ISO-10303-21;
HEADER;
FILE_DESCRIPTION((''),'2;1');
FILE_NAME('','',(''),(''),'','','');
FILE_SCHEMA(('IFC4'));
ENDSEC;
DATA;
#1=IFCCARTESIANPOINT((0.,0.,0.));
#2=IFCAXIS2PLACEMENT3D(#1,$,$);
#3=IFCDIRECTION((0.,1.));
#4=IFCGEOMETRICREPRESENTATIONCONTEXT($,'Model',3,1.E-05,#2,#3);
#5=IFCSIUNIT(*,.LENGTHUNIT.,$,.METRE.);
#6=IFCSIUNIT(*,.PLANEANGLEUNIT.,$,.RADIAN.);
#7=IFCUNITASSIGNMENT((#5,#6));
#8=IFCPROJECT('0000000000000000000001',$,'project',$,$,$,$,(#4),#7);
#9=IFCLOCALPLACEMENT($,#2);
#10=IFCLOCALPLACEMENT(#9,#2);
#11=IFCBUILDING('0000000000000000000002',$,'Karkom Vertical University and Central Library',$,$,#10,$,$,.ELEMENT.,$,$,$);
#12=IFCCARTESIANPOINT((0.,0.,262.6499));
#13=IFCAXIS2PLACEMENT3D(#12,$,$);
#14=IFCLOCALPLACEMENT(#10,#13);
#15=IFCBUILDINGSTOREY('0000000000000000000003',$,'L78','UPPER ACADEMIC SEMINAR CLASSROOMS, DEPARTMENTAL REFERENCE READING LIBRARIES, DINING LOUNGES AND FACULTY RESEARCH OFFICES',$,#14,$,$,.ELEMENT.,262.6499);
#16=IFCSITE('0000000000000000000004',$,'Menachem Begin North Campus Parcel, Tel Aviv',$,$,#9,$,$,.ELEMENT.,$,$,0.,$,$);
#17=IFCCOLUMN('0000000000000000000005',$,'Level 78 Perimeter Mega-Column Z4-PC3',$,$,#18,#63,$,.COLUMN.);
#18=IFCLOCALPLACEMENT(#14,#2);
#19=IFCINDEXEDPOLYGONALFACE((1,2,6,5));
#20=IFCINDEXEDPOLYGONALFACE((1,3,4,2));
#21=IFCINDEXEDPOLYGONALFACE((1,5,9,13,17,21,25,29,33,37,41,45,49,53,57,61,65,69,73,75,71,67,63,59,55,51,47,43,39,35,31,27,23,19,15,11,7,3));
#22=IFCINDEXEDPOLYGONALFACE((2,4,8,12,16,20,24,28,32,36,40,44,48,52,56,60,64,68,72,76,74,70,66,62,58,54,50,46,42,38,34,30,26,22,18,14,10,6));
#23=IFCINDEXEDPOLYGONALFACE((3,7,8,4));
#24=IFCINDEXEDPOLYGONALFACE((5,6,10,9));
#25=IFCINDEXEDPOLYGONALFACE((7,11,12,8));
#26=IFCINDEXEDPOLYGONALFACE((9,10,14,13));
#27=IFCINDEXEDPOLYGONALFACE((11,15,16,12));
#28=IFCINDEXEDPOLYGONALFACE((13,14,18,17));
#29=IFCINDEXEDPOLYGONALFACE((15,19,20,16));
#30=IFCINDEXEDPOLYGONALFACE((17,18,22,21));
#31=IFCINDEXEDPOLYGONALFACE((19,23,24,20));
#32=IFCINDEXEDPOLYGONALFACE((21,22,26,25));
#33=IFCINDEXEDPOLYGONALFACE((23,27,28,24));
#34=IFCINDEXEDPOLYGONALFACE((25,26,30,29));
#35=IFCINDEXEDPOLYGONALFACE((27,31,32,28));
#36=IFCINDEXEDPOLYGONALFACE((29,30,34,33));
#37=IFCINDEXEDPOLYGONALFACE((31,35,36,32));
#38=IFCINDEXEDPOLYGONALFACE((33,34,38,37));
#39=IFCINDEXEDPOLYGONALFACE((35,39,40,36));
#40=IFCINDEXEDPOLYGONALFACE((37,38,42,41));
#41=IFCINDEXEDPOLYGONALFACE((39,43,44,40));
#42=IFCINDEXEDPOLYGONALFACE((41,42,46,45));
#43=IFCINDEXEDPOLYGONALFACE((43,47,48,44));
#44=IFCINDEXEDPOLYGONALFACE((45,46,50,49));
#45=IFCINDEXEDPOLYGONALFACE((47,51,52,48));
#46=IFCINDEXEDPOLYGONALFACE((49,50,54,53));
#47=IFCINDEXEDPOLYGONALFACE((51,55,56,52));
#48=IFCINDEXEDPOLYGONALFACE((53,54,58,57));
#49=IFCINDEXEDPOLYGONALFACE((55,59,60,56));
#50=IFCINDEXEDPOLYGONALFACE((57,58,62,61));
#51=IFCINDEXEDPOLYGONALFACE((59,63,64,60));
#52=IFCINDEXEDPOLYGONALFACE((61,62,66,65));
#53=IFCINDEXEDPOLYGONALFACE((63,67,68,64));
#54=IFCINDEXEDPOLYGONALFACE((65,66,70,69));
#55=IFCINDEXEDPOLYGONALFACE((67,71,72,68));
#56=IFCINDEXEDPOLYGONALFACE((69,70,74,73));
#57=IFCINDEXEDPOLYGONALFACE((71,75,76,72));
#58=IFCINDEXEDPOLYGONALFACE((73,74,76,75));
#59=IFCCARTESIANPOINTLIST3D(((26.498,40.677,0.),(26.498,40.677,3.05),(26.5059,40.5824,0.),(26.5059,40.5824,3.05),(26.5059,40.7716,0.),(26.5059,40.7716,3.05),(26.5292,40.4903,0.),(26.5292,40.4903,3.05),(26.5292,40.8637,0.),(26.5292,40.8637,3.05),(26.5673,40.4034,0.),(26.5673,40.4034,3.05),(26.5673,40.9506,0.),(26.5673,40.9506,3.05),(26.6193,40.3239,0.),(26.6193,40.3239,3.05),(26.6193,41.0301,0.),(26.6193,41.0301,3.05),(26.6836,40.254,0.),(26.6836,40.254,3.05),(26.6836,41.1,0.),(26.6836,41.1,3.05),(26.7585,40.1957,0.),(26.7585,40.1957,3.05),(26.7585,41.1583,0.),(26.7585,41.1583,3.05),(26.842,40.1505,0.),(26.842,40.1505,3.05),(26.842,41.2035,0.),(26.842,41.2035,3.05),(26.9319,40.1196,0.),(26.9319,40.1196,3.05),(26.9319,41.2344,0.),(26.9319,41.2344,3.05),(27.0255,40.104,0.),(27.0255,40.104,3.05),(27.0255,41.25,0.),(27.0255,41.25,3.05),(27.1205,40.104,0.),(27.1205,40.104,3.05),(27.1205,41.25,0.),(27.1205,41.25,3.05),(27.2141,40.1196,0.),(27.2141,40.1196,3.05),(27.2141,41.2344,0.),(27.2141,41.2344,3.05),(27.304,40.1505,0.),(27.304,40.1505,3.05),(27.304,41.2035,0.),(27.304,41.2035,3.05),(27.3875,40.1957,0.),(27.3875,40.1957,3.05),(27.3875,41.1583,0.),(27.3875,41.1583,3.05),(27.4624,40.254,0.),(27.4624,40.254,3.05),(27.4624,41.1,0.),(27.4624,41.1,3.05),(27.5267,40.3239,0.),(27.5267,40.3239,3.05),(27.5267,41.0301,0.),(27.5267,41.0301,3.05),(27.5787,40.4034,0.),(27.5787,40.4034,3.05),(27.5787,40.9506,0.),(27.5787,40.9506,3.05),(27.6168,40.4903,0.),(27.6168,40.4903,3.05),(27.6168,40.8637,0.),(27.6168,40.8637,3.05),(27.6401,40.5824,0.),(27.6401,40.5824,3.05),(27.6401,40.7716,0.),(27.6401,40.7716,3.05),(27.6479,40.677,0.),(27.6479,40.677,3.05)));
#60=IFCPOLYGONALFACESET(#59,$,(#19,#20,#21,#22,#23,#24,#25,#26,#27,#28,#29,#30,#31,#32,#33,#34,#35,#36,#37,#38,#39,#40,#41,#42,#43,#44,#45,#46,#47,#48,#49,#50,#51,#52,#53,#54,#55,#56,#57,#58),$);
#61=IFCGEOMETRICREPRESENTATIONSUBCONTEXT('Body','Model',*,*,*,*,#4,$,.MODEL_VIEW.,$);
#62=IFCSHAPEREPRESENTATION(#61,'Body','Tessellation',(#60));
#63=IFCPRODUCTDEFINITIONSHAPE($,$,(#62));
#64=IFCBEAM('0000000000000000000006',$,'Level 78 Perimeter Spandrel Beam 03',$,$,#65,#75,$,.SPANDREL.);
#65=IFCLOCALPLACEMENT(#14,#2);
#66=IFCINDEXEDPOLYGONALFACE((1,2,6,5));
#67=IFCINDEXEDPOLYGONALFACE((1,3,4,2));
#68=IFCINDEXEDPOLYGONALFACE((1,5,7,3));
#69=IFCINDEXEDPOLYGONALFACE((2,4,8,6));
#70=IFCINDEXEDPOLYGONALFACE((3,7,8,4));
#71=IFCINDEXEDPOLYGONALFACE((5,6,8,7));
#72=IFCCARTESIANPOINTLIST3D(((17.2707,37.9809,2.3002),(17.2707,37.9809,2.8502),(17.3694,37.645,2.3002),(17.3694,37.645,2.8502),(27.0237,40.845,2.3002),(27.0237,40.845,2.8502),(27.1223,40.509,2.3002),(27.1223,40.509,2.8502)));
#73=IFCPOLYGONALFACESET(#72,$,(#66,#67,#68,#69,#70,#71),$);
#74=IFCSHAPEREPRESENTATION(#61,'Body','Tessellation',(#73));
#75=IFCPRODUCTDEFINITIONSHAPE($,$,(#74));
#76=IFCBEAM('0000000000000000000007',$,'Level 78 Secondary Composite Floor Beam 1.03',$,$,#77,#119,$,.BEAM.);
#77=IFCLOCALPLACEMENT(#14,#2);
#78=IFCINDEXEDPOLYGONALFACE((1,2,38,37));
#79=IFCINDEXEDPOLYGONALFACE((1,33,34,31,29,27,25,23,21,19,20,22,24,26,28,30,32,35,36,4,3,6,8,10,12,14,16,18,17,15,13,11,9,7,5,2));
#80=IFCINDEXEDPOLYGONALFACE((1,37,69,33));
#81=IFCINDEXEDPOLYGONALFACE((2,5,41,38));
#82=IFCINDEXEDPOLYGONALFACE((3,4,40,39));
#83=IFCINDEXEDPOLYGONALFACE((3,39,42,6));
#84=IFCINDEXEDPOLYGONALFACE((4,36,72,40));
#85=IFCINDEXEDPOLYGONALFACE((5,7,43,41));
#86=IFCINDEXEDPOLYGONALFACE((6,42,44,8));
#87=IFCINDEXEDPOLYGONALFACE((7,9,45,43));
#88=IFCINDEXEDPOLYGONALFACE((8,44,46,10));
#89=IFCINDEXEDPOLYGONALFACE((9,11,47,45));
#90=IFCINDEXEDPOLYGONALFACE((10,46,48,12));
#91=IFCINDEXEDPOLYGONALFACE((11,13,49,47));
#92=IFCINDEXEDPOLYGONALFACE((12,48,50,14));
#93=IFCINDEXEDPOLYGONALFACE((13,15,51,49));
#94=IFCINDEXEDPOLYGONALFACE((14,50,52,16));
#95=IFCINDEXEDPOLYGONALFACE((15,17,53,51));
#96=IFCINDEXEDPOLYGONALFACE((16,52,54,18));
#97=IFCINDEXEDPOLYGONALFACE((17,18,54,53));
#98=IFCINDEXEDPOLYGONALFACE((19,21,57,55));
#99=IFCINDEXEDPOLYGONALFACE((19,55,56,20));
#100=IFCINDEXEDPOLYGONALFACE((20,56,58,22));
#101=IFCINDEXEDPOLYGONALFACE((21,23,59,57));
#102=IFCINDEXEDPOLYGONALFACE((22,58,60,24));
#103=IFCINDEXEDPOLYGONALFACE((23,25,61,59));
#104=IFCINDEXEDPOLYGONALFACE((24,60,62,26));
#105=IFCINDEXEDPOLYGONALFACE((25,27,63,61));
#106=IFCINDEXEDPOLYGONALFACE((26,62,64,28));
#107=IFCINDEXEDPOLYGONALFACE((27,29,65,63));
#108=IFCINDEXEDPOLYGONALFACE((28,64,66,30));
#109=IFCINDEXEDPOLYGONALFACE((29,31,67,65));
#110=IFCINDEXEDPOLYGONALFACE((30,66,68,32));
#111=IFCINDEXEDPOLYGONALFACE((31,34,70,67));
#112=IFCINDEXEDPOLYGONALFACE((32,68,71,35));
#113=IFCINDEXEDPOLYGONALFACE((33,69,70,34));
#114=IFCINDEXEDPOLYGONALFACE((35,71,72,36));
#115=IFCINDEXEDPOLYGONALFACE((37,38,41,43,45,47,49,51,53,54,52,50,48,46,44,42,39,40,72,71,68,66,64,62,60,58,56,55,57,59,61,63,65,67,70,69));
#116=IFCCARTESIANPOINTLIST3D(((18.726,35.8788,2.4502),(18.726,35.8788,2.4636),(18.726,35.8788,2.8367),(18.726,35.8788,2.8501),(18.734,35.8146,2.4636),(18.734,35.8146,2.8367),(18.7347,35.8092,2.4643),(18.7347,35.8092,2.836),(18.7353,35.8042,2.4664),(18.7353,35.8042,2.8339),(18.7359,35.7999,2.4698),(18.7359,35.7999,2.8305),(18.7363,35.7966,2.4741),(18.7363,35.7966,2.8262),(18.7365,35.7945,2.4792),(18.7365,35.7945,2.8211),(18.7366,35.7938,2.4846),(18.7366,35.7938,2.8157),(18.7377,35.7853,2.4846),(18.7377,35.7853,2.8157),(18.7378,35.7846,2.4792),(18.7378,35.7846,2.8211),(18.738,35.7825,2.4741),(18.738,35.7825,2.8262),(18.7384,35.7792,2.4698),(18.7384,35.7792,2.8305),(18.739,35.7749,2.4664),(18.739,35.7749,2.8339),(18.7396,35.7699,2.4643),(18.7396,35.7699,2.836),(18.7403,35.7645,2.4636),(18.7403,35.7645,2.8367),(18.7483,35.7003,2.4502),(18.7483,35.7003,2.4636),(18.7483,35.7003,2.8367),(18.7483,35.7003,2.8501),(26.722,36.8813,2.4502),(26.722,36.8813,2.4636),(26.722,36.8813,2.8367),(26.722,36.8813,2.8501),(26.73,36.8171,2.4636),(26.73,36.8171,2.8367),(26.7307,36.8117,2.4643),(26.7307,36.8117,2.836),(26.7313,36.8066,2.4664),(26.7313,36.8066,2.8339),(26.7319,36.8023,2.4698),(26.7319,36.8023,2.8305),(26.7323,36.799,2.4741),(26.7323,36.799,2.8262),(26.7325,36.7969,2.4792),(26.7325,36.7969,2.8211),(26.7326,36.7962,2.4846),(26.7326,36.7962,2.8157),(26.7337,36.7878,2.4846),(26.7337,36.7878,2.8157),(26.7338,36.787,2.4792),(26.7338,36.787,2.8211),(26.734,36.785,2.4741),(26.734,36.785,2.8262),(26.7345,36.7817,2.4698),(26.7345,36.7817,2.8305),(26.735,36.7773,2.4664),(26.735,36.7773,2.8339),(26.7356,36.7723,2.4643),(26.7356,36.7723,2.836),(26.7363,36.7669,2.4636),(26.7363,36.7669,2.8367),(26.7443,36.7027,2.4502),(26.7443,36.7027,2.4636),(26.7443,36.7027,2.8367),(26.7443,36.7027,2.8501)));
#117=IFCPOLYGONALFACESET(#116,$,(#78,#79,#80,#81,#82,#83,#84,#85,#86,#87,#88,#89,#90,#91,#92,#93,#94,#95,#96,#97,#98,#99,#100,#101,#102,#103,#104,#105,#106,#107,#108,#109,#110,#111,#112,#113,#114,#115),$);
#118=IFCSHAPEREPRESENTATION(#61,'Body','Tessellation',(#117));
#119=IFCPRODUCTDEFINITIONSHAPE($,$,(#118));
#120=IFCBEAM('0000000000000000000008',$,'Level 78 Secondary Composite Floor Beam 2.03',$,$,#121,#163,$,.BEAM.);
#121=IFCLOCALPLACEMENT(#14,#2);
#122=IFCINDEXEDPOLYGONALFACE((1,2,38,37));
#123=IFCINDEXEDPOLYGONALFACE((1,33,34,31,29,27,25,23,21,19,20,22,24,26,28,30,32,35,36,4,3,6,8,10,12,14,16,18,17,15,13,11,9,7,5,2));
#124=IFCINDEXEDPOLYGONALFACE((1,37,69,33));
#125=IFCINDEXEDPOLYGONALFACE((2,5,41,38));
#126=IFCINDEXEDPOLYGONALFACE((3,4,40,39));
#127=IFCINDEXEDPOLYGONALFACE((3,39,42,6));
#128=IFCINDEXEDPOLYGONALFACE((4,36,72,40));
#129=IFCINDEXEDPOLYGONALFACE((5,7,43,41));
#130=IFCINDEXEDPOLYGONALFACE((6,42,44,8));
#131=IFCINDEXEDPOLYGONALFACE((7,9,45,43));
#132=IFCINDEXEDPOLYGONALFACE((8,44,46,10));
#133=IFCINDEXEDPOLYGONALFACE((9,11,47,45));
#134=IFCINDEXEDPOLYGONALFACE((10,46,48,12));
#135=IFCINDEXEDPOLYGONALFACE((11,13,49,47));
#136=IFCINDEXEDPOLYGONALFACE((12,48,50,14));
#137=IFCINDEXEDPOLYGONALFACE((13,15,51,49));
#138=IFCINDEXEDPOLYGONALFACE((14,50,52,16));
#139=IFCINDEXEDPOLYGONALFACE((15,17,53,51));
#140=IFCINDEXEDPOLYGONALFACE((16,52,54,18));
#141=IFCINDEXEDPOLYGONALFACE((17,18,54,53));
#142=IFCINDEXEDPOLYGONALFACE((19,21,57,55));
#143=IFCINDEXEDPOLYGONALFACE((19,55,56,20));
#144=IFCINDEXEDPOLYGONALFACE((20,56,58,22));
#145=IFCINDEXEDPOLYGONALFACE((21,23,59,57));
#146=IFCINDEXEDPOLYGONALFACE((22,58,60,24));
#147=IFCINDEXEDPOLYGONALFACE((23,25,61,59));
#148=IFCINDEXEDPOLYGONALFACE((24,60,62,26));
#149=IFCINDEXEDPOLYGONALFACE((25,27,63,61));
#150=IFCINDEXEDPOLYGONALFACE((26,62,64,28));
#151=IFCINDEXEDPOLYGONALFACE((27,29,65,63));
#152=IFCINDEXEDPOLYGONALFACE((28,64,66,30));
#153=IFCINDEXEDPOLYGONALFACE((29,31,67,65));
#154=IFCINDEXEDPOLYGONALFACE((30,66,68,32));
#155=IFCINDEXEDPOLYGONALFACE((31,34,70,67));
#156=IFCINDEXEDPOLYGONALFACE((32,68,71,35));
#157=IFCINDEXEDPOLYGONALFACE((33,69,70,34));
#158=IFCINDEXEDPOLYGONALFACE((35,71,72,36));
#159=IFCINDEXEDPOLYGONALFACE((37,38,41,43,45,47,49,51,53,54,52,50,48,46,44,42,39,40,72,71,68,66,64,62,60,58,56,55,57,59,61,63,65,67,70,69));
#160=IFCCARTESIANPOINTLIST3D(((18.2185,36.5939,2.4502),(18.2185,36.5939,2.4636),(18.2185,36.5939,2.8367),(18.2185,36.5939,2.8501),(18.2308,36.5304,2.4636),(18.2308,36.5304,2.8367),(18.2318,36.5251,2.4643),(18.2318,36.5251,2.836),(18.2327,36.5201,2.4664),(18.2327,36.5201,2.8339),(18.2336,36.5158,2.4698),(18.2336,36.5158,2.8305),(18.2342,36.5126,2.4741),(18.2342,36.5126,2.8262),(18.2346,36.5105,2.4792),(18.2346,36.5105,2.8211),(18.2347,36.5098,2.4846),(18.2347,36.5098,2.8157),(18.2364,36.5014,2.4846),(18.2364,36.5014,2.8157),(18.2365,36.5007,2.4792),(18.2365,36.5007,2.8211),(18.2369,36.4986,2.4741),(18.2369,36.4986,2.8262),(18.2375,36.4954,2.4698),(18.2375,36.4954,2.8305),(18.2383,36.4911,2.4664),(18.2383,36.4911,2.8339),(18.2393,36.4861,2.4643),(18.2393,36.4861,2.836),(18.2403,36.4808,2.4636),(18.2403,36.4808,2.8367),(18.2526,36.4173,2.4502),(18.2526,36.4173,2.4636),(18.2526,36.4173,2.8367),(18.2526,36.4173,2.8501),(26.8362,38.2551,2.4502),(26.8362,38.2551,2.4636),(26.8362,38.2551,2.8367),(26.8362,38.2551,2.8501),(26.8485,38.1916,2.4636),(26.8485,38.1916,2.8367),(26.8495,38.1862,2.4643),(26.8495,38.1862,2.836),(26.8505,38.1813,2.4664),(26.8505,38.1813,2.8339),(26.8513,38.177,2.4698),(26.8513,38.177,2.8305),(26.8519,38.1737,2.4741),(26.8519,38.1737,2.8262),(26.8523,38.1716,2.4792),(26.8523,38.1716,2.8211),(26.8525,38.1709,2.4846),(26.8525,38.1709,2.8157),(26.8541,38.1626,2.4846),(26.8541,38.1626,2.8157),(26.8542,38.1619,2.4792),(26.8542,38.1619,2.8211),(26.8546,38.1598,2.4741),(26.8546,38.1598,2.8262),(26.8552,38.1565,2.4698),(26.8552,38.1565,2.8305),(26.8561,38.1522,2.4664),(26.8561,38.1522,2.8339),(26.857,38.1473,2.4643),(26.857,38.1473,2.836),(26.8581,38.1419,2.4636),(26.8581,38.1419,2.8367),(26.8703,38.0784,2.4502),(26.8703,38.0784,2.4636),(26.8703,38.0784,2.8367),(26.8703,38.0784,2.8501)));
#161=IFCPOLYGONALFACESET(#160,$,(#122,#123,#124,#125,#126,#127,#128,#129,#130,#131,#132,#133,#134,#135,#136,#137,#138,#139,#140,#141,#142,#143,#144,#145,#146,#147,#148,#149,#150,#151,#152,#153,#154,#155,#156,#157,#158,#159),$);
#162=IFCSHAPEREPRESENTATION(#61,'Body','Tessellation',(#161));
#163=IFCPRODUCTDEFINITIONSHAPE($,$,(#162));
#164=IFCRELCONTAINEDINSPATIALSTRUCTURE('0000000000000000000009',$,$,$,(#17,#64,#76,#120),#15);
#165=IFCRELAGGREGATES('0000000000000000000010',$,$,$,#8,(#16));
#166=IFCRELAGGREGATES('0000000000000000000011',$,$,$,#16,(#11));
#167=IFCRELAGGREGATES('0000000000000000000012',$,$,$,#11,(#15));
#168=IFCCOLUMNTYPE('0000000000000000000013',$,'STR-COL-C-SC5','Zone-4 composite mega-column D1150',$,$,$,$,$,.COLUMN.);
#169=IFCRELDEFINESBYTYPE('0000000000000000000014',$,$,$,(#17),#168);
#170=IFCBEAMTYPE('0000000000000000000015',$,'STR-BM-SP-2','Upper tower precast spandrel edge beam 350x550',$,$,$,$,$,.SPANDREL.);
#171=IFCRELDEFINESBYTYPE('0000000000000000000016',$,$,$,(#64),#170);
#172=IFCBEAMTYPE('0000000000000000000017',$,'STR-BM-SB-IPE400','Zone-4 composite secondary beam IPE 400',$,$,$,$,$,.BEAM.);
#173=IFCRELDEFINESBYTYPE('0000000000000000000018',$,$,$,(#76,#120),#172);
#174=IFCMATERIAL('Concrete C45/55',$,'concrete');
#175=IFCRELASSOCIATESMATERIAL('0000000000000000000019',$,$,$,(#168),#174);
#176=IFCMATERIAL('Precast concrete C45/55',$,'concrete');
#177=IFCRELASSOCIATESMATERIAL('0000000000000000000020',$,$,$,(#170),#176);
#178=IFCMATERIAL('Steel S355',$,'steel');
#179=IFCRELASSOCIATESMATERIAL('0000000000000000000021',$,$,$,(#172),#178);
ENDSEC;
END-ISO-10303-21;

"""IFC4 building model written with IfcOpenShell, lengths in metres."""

from ifc_helpers import new_model, si_unit, direction, frame, origin, origin_with_axes, origin_2d, place, context, subcontext, project, spatial, rectangle, circle, i_section, extrude, source, transform, mapped, material, material_profile, profile_set, type_object, element, save


model = new_model("IFC4")

# Units and contexts
model_context = context("Model", 3, precision=1e-05, world=origin(), true_north=direction((0.0, 1.0)))
body_context = subcontext(model_context, "Body", "Model", "MODEL_VIEW")
ifc_project = project(units=[si_unit("LENGTHUNIT", "METRE"), si_unit("PLANEANGLEUNIT", "RADIAN")], contexts=[model_context])

# Site, building, storey
site_placement = place(None, origin())
site = spatial("IfcSite", under=ifc_project, at=site_placement, Name="Menachem Begin North Campus Parcel, Tel Aviv", CompositionType="ELEMENT", RefElevation=0.0)
building_placement = place(site_placement, origin())
building = spatial("IfcBuilding", under=site, at=building_placement, Name="Karkom Vertical University and Central Library", CompositionType="ELEMENT")
storey_placement = place(building_placement, frame((0.0, 0.0, 262.6499)))
storey = spatial("IfcBuildingStorey", under=building, at=storey_placement, Name="L78", Description="UPPER ACADEMIC SEMINAR CLASSROOMS, DEPARTMENTAL REFERENCE READING LIBRARIES, DINING LOUNGES AND FACULTY RESEARCH OFFICES", CompositionType="ELEMENT", Elevation=262.6499)

# Column
ifc_material_1 = material(Name="Concrete C45/55", Category="concrete")
ifc_material_profile_1 = material_profile(ifc_material_1, circle(Radius=0.575, at=origin_2d()), Name="CFT-D1150")
ifc_profile_set_1 = profile_set([ifc_material_profile_1], Name="Concrete C45/55")
column_type = type_object("IfcColumnType", Name="STR-COL-C-SC5", Description="Zone-4 composite mega-column D1150", PredefinedType="COLUMN", material=ifc_profile_set_1)
shared_shape_1 = source(origin_with_axes(), body_context, "Body", "SweptSolid", [
    extrude(circle(Radius=0.575, at=origin_2d()), origin(), (0.0, 0.0, 1.0), 3.05),
])
column_placement = place(storey_placement, frame((27.073, 40.677, 0.0), z_axis=(0.0, 0.0, 1.0), x_axis=(1.0, 0.0, 0.0)))
element("IfcColumn", 1, at=column_placement, inside=storey, type_object=column_type, Name="Level 78 Perimeter Mega-Column Z4-PC3", PredefinedType="COLUMN", context=body_context, shape_type="MappedRepresentation", body=[
    mapped(shared_shape_1, transform((0.0, 0.0, 0.0), scale=1.0)),
])

# Beams
ifc_material_2 = material(Name="Precast concrete C45/55", Category="concrete")
ifc_material_profile_2 = material_profile(ifc_material_2, rectangle(XDim=0.3501, YDim=0.55, at=origin_2d()), Name="SPB-350x550")
ifc_profile_set_2 = profile_set([ifc_material_profile_2], Name="Precast concrete C45/55")
beam_type_1 = type_object("IfcBeamType", Name="STR-BM-SP-2", Description="Upper tower precast spandrel edge beam 350x550", PredefinedType="SPANDREL", material=ifc_profile_set_2)
shared_shape_2 = source(origin_with_axes(), body_context, "Body", "SweptSolid", [
    extrude(rectangle(XDim=0.3501, YDim=0.55, at=origin_2d()), origin(), (0.0, 0.0, 1.0), 10.1648),
])
beam_1_placement = place(storey_placement, frame((27.073, 40.677, 2.5752), z_axis=(-0.959485, -0.281759, 0.0), x_axis=(0.281759, -0.959485, 0.0)))
element("IfcBeam", 2, at=beam_1_placement, inside=storey, type_object=beam_type_1, Name="Level 78 Perimeter Spandrel Beam 03", PredefinedType="SPANDREL", context=body_context, shape_type="MappedRepresentation", body=[
    mapped(shared_shape_2, transform((0.0, 0.0, 0.0), scale=1.0)),
])
ifc_material_3 = material(Name="Steel S355", Category="steel")
ifc_material_profile_3 = material_profile(ifc_material_3, i_section(OverallWidth=0.1799, OverallDepth=0.3999, WebThickness=0.0085, FlangeThickness=0.0134, FilletRadius=0.021, at=origin_2d()), Name="IPE 400")
ifc_profile_set_3 = profile_set([ifc_material_profile_3], Name="Steel S355")
beam_type_2 = type_object("IfcBeamType", Name="STR-BM-SB-IPE400", Description="Zone-4 composite secondary beam IPE 400", PredefinedType="BEAM", material=ifc_profile_set_3)
shared_shape_3 = source(origin_with_axes(), body_context, "Body", "SweptSolid", [
    extrude(i_section(OverallWidth=0.1799, OverallDepth=0.3999, WebThickness=0.0085, FlangeThickness=0.0134, FilletRadius=0.021, at=origin_2d()), origin(), (0.0, 0.0, 1.0), 8.0586),
])
beam_2_placement = place(storey_placement, frame((26.7332, 36.792, 2.6501), z_axis=(-0.992233, -0.124393, 0.0), x_axis=(0.124393, -0.992233, 0.0)))
element("IfcBeam", 3, at=beam_2_placement, inside=storey, type_object=beam_type_2, Name="Level 78 Secondary Composite Floor Beam 1.03", PredefinedType="BEAM", context=body_context, shape_type="MappedRepresentation", body=[
    mapped(shared_shape_3, transform((0.0, 0.0, 0.0), scale=1.0)),
])
shared_shape_4 = source(origin_with_axes(), body_context, "Body", "SweptSolid", [
    extrude(i_section(OverallWidth=0.1799, OverallDepth=0.3999, WebThickness=0.0085, FlangeThickness=0.0134, FilletRadius=0.021, at=origin_2d()), origin(), (0.0, 0.0, 1.0), 8.7764),
])
beam_3_placement = place(storey_placement, frame((26.8533, 38.1667, 2.6501), z_axis=(-0.981924, -0.189275, 0.0), x_axis=(0.189275, -0.981924, 0.0)))
element("IfcBeam", 4, at=beam_3_placement, inside=storey, type_object=beam_type_2, Name="Level 78 Secondary Composite Floor Beam 2.03", PredefinedType="BEAM", context=body_context, shape_type="MappedRepresentation", body=[
    mapped(shared_shape_4, transform((0.0, 0.0, 0.0), scale=1.0)),
])

save(model, "model.ifc")
